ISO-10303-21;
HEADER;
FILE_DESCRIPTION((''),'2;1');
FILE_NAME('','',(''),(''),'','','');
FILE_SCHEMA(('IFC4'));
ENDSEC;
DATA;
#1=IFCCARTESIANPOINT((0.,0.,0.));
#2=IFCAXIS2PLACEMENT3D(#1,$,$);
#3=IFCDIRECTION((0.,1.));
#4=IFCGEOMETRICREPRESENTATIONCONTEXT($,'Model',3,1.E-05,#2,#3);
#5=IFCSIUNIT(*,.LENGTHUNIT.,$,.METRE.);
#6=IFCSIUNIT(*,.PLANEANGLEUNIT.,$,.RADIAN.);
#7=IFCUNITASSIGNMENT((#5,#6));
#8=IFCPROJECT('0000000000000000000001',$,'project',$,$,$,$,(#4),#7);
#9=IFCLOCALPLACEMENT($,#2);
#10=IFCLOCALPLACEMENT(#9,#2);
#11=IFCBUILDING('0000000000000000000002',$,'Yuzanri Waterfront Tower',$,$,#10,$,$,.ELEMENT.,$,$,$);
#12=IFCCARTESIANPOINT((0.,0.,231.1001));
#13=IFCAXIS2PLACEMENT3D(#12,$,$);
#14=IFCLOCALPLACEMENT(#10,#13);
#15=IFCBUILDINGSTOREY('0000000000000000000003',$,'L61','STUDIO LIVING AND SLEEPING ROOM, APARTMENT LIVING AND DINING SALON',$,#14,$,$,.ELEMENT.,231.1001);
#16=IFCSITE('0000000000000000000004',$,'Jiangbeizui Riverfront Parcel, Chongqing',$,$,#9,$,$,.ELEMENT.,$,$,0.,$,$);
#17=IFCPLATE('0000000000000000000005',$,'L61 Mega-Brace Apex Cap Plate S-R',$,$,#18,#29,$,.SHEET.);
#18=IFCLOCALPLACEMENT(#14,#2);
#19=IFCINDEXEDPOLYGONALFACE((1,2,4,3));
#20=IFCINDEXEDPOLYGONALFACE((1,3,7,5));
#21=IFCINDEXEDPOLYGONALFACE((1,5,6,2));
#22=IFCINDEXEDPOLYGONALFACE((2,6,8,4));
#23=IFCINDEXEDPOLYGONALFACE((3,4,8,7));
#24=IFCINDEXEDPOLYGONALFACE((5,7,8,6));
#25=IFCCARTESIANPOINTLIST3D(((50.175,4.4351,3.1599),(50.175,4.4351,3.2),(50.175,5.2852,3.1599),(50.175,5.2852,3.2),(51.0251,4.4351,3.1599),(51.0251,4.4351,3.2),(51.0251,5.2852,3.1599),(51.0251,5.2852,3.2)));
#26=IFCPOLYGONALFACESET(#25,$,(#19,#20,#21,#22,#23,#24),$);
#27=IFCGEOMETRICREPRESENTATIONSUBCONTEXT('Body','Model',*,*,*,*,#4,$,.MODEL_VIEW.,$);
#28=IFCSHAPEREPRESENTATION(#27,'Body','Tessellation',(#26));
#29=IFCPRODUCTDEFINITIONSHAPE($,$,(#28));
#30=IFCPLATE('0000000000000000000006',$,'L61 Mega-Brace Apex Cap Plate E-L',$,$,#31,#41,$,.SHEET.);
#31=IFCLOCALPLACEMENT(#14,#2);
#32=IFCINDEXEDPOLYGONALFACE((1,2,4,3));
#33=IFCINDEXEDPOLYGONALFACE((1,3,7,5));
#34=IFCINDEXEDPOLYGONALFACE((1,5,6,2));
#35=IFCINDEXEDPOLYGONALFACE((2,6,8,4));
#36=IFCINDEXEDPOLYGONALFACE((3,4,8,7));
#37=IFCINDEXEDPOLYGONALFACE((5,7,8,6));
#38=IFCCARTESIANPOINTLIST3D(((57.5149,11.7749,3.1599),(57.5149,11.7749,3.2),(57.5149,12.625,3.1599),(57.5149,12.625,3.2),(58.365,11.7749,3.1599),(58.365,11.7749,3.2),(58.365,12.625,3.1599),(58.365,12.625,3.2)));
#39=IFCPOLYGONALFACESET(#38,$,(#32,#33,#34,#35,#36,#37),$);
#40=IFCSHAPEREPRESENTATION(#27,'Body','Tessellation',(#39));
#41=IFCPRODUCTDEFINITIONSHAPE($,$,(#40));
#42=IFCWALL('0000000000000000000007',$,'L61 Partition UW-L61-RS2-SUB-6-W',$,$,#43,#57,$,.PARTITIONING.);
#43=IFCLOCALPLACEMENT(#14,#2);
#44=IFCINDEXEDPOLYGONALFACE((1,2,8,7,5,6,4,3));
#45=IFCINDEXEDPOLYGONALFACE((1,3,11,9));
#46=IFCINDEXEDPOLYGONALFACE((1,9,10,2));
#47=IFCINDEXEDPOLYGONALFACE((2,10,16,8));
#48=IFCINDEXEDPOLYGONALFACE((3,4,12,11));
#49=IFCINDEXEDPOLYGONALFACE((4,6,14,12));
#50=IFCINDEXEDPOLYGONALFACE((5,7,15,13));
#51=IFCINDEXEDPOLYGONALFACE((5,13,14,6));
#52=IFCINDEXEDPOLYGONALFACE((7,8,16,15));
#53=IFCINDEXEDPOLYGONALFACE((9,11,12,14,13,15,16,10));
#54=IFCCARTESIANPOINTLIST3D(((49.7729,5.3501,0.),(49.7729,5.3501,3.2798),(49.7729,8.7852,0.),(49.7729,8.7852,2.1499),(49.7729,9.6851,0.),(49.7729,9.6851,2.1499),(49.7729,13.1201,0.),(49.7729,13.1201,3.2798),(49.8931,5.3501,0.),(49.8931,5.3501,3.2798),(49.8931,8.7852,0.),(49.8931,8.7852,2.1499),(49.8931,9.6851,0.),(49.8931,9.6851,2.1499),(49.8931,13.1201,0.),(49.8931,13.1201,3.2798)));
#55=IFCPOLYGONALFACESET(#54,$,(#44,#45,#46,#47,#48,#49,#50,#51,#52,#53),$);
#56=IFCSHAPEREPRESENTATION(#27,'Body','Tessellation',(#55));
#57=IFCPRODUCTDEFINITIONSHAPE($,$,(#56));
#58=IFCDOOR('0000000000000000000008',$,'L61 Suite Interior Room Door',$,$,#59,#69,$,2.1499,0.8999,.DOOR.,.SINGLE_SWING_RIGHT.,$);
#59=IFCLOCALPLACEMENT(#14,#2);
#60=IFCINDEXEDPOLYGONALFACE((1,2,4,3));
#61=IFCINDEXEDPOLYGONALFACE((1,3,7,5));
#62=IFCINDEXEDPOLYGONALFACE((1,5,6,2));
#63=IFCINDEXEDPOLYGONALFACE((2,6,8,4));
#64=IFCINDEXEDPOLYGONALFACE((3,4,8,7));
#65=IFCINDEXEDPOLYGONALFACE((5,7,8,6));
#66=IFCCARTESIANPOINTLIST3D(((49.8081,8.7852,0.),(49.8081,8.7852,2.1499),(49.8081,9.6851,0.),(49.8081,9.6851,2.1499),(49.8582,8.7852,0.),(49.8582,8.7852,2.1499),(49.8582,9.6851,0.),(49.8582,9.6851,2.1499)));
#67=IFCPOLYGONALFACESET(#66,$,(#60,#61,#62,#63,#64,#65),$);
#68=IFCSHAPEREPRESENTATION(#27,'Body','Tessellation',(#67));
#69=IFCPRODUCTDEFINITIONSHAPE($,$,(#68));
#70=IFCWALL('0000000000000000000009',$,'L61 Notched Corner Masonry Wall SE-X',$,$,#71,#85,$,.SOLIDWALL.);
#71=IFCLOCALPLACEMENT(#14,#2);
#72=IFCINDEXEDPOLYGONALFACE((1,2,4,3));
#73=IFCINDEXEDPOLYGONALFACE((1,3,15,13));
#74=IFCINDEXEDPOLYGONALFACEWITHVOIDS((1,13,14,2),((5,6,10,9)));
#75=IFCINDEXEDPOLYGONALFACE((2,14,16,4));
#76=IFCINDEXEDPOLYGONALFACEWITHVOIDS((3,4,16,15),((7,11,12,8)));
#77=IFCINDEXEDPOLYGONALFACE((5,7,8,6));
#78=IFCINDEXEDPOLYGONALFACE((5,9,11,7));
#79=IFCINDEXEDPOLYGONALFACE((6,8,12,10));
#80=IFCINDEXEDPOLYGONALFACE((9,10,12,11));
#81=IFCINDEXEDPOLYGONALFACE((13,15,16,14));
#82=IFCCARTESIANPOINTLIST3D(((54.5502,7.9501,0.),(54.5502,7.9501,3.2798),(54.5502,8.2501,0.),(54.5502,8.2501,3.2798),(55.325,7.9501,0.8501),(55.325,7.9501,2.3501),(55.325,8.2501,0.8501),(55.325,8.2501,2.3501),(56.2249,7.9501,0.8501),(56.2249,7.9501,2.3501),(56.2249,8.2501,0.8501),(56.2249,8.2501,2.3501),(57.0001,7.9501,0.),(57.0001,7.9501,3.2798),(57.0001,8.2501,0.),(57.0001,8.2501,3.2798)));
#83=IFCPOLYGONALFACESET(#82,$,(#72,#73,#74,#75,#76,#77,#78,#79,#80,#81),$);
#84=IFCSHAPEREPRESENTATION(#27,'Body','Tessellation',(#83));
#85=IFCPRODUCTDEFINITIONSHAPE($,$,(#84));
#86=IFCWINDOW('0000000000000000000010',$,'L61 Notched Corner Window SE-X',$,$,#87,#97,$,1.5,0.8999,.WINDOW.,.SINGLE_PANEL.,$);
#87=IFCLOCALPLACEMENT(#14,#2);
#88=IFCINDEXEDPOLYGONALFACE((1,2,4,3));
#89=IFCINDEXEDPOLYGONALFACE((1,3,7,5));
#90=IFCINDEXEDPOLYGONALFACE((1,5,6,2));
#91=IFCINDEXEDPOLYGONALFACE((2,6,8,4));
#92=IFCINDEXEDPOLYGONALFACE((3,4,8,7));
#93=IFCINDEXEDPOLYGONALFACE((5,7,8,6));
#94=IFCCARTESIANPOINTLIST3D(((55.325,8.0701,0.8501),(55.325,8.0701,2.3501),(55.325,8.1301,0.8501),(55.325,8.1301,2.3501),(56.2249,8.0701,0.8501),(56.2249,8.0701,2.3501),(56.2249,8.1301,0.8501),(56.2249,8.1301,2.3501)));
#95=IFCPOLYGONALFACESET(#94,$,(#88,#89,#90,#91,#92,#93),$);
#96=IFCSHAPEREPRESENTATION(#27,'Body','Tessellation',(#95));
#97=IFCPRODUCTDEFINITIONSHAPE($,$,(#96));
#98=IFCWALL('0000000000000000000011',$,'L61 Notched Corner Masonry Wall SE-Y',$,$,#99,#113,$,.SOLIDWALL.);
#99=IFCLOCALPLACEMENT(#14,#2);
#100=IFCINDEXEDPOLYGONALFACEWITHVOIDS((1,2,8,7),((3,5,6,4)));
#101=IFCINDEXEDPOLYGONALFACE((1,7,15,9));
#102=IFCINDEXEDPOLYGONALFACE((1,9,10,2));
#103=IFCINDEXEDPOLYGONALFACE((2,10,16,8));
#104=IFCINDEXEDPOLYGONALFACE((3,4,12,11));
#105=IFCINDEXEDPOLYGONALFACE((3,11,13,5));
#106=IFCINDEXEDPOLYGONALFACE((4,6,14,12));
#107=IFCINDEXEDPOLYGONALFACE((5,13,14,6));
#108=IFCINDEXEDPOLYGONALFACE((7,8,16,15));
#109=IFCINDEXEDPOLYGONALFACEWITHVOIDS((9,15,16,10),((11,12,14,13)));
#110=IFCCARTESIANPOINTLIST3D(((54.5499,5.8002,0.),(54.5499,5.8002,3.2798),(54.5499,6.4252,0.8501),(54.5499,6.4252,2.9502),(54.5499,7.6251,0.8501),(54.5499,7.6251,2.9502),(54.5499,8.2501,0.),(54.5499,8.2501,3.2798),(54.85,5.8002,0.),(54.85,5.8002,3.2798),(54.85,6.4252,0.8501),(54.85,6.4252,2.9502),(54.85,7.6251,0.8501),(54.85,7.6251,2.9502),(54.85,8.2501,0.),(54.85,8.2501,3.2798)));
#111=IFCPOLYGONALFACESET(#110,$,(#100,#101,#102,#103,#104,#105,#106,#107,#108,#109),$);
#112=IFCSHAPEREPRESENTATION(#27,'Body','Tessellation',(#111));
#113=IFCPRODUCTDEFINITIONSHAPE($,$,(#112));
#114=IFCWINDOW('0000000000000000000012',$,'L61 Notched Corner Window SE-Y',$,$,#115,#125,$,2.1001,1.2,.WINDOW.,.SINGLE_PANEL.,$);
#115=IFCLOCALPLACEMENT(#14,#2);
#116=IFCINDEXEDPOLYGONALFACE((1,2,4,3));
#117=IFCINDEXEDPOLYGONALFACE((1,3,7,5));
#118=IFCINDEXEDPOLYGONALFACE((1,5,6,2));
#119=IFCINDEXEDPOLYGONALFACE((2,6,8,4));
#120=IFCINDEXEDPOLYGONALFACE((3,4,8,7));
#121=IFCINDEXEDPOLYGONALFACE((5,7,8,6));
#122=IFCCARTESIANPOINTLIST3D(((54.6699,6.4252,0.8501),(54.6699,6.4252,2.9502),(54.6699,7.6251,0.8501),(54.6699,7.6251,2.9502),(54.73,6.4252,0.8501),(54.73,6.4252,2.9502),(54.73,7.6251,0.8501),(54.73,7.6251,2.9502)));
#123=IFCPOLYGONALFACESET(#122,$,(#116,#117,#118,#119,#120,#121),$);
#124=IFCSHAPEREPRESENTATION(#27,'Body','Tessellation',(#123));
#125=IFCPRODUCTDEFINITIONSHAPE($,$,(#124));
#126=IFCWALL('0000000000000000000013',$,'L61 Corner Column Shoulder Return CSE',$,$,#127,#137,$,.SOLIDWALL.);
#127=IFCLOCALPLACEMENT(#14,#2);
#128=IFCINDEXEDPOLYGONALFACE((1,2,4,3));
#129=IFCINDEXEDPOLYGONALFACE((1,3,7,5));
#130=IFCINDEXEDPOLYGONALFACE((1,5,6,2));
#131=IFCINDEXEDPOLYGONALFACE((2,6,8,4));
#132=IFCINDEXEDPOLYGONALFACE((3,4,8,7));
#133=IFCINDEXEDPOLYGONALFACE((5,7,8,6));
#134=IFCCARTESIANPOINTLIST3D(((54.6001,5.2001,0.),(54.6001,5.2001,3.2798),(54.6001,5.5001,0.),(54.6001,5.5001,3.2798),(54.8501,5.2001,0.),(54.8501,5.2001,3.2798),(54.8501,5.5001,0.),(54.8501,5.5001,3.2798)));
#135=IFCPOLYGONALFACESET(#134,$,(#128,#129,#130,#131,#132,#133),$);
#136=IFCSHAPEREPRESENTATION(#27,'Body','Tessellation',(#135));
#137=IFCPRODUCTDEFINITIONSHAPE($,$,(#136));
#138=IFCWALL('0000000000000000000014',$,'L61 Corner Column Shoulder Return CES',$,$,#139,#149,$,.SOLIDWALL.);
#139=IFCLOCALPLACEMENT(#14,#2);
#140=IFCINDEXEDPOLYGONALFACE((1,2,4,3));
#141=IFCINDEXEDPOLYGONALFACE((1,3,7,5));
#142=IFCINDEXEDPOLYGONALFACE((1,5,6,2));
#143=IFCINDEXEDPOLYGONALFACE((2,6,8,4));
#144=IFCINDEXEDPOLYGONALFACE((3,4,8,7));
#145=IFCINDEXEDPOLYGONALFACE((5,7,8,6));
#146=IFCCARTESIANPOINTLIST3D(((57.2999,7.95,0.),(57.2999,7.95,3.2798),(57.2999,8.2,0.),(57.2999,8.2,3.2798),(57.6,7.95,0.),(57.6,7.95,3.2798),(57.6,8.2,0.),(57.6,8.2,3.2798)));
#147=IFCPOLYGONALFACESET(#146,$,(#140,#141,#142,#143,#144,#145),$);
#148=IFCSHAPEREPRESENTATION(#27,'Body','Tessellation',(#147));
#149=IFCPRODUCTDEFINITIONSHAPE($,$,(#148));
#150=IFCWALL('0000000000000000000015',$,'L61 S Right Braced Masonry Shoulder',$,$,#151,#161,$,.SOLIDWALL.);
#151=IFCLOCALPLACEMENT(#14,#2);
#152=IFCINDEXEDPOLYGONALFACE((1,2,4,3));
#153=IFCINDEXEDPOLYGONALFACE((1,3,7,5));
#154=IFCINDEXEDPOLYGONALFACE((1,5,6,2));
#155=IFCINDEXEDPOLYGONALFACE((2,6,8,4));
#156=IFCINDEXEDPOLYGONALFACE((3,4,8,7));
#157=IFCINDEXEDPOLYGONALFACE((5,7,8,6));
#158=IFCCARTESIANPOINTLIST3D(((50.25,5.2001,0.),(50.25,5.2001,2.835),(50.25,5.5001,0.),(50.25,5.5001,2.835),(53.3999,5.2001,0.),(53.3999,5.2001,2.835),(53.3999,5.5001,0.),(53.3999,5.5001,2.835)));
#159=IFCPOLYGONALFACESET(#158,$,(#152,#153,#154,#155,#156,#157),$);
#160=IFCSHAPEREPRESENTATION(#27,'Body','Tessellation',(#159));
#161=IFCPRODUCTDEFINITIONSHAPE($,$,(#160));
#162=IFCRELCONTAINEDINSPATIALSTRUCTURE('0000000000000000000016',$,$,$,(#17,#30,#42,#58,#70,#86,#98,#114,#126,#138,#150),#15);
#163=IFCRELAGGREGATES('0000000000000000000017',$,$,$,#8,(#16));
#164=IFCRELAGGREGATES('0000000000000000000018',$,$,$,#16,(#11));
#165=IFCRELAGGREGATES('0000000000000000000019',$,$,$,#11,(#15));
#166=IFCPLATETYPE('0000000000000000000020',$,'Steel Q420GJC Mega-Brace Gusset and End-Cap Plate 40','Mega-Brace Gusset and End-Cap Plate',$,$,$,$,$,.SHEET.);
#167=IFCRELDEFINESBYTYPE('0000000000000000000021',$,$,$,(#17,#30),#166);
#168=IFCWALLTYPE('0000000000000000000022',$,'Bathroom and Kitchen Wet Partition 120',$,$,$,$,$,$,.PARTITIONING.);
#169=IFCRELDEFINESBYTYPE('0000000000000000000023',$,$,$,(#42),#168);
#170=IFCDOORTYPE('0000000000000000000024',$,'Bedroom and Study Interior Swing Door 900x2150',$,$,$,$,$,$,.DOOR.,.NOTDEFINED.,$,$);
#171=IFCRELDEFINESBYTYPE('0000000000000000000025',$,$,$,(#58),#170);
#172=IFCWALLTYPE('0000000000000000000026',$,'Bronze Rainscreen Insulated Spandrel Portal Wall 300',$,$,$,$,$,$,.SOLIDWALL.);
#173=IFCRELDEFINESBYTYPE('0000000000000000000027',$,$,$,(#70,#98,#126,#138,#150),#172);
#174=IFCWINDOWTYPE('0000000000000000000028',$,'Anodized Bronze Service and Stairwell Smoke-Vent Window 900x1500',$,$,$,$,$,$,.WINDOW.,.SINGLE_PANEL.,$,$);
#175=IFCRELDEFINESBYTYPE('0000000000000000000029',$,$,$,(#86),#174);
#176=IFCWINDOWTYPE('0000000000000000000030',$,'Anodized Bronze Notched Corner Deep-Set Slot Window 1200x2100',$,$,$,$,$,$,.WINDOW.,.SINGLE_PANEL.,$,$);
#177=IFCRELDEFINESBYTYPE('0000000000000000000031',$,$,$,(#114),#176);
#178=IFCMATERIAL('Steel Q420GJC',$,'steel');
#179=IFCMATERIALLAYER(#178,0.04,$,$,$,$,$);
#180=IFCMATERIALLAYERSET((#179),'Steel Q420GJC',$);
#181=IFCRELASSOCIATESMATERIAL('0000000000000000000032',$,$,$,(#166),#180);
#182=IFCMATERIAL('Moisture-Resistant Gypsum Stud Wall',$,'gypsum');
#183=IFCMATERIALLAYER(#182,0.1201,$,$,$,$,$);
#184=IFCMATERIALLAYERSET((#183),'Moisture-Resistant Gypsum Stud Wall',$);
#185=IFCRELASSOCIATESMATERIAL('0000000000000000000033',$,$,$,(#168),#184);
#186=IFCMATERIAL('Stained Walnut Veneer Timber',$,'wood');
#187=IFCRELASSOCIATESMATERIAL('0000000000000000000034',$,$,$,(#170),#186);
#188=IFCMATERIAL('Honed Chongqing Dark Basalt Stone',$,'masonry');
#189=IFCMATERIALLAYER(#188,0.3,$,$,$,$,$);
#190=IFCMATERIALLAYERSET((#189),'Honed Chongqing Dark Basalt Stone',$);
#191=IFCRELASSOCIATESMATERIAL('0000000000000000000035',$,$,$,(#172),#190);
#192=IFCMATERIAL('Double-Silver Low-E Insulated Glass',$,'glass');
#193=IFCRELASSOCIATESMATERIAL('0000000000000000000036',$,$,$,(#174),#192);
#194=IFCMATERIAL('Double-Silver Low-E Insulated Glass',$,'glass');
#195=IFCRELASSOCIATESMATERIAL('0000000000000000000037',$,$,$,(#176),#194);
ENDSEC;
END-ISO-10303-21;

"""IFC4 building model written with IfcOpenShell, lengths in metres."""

from ifc_helpers import new_model, si_unit, direction, frame, frame_2d, origin, origin_2d, place, context, subcontext, project, spatial, rectangle, extrude, source, transform, mapped, material, layer, layer_set, type_object, element, fill, save


model = new_model("IFC4")

# Units and contexts
model_context = context("Model", 3, precision=1e-05, world=origin(), true_north=direction((0.0, 1.0)))
body_context = subcontext(model_context, "Body", "Model", "MODEL_VIEW")
ifc_project = project(units=[si_unit("LENGTHUNIT", "METRE"), si_unit("PLANEANGLEUNIT", "RADIAN")], contexts=[model_context])

# Site, building, storey
site_placement = place(None, origin())
site = spatial("IfcSite", under=ifc_project, at=site_placement, Name="Jiangbeizui Riverfront Parcel, Chongqing", CompositionType="ELEMENT", RefElevation=0.0)
building_placement = place(site_placement, origin())
building = spatial("IfcBuilding", under=site, at=building_placement, Name="Yuzanri Waterfront Tower", CompositionType="ELEMENT")
storey_placement = place(building_placement, frame((0.0, 0.0, 231.1001)))
storey = spatial("IfcBuildingStorey", under=building, at=storey_placement, Name="L61", Description="STUDIO LIVING AND SLEEPING ROOM, APARTMENT LIVING AND DINING SALON", CompositionType="ELEMENT", Elevation=231.1001)

# Plates
ifc_material_1 = material(Name="Steel Q420GJC", Category="steel")
ifc_layer_1 = layer(ifc_material_1, 0.04)
ifc_layer_set_1 = layer_set([ifc_layer_1], Name="Steel Q420GJC")
plate_type = type_object("IfcPlateType", Name="Steel Q420GJC Mega-Brace Gusset and End-Cap Plate 40", Description="Mega-Brace Gusset and End-Cap Plate", PredefinedType="SHEET", material=ifc_layer_set_1)
shared_shape_1 = source(origin(), body_context, "Body", "SweptSolid", [
    extrude(rectangle(XDim=0.8501, YDim=0.8501, at=origin_2d()), origin(), (0.0, 0.0, 1.0), 0.04),
])
for number, where, z_axis, x_axis, name in (
    (1, (50.6001, 4.8601, 3.1599), (0.0, 0.0, 1.0), (1.0, 0.0, 0.0), "L61 Mega-Brace Apex Cap Plate S-R"),
    (2, (57.9399, 12.2, 3.1599), (0.0, 0.0, 1.0), (1.0, 0.0, 0.0), "L61 Mega-Brace Apex Cap Plate E-L"),
):
    element("IfcPlate", number, at=place(storey_placement, frame(where, z_axis=z_axis, x_axis=x_axis)), inside=storey, type_object=plate_type, Name=name, PredefinedType="SHEET", context=body_context, shape_type="MappedRepresentation", body=[
        mapped(shared_shape_1, transform((0.0, 0.0, 0.0), scale=1.0)),
    ])

# Wall, opening, door
ifc_material_2 = material(Name="Moisture-Resistant Gypsum Stud Wall", Category="gypsum")
ifc_layer_2 = layer(ifc_material_2, 0.1201)
ifc_layer_set_2 = layer_set([ifc_layer_2], Name="Moisture-Resistant Gypsum Stud Wall")
wall_type_1 = type_object("IfcWallType", Name="Bathroom and Kitchen Wet Partition 120", PredefinedType="PARTITIONING", material=ifc_layer_set_2)
wall_1_placement = place(storey_placement, frame((49.833, 5.3501, 0.0), z_axis=(0.0, 0.0, 1.0), x_axis=(0.0, 1.0, 0.0)))
wall_1 = element("IfcWall", 3, at=wall_1_placement, inside=storey, type_object=wall_type_1, Name="L61 Partition UW-L61-RS2-SUB-6-W", PredefinedType="PARTITIONING", context=body_context, shape_type="SweptSolid", body=[
    extrude(rectangle(XDim=7.77, YDim=0.1201, at=frame_2d((3.885, 0.0))), origin(), (0.0, 0.0, 1.0), 3.2798),
])
opening_1_placement = place(wall_1_placement, frame((3.4351, 0.0, 0.0)))
opening_1 = element("IfcOpeningElement", 4, at=opening_1_placement, cuts=wall_1, PredefinedType="OPENING", context=body_context, shape_type="SweptSolid", body=[
    extrude(rectangle(XDim=0.8999, YDim=2.1499, at=frame_2d((0.45, 1.075))), frame((0.0, 0.075, 0.0), z_axis=(0.0, -1.0, 0.0), x_axis=(1.0, 0.0, 0.0)), (0.0, 0.0, 1.0), 0.1499),
])
ifc_material_3 = material(Name="Stained Walnut Veneer Timber", Category="wood")
door_type = type_object("IfcDoorType", Name="Bedroom and Study Interior Swing Door 900x2150", OperationType="NOTDEFINED", PredefinedType="DOOR", material=ifc_material_3)
shared_shape_2 = source(origin(), body_context, "Body", "SweptSolid", [
    extrude(rectangle(XDim=0.8999, YDim=2.1499, at=frame_2d((0.45, 1.075))), frame((0.0, 0.0249, 0.0), z_axis=(0.0, -1.0, 0.0), x_axis=(1.0, 0.0, 0.0)), (0.0, 0.0, 1.0), 0.05),
])
door_placement = place(opening_1_placement, origin())
door = element("IfcDoor", 5, at=door_placement, inside=storey, type_object=door_type, Name="L61 Suite Interior Room Door", OperationType="SINGLE_SWING_RIGHT", OverallHeight=2.1499, OverallWidth=0.8999, PredefinedType="DOOR", context=body_context, shape_type="MappedRepresentation", body=[
    mapped(shared_shape_2, transform((0.0, 0.0, 0.0), scale=1.0)),
])
fill(opening_1, door)

# Walls, openings, windows
ifc_material_4 = material(Name="Honed Chongqing Dark Basalt Stone", Category="masonry")
ifc_layer_3 = layer(ifc_material_4, 0.3)
ifc_layer_set_3 = layer_set([ifc_layer_3], Name="Honed Chongqing Dark Basalt Stone")
wall_type_2 = type_object("IfcWallType", Name="Bronze Rainscreen Insulated Spandrel Portal Wall 300", PredefinedType="SOLIDWALL", material=ifc_layer_set_3)
wall_2_placement = place(storey_placement, frame((54.55, 8.1001, 0.0), z_axis=(0.0, 0.0, 1.0), x_axis=(1.0, 0.0, 0.0)))
wall_2 = element("IfcWall", 6, at=wall_2_placement, inside=storey, type_object=wall_type_2, Name="L61 Notched Corner Masonry Wall SE-X", PredefinedType="SOLIDWALL", context=body_context, shape_type="SweptSolid", body=[
    extrude(rectangle(XDim=2.45, YDim=0.3, at=frame_2d((1.2251, 0.0))), origin(), (0.0, 0.0, 1.0), 3.2798),
])
opening_2_placement = place(wall_2_placement, frame((0.7749, 0.0, 0.8501)))
opening_2 = element("IfcOpeningElement", 7, at=opening_2_placement, cuts=wall_2, PredefinedType="OPENING", context=body_context, shape_type="SweptSolid", body=[
    extrude(rectangle(XDim=0.8999, YDim=1.5, at=frame_2d((0.45, 0.75))), frame((0.0, 0.165, 0.0), z_axis=(0.0, -1.0, 0.0), x_axis=(1.0, 0.0, 0.0)), (0.0, 0.0, 1.0), 0.3298),
])
ifc_material_5 = material(Name="Double-Silver Low-E Insulated Glass", Category="glass")
window_type_1 = type_object("IfcWindowType", Name="Anodized Bronze Service and Stairwell Smoke-Vent Window 900x1500", PartitioningType="SINGLE_PANEL", PredefinedType="WINDOW", material=ifc_material_5)
shared_shape_3 = source(origin(), body_context, "Body", "SweptSolid", [
    extrude(rectangle(XDim=0.8999, YDim=1.5, at=frame_2d((0.45, 0.75))), frame((0.0, 0.03, 0.0), z_axis=(0.0, -1.0, 0.0), x_axis=(1.0, 0.0, 0.0)), (0.0, 0.0, 1.0), 0.0601),
])
window_1_placement = place(opening_2_placement, origin())
window_1 = element("IfcWindow", 8, at=window_1_placement, inside=storey, type_object=window_type_1, Name="L61 Notched Corner Window SE-X", OverallHeight=1.5, OverallWidth=0.8999, PartitioningType="SINGLE_PANEL", PredefinedType="WINDOW", context=body_context, shape_type="MappedRepresentation", body=[
    mapped(shared_shape_3, transform((0.0, 0.0, 0.0), scale=1.0)),
])
fill(opening_2, window_1)
wall_3_placement = place(storey_placement, frame((54.7, 5.8, 0.0), z_axis=(0.0, 0.0, 1.0), x_axis=(0.0, 1.0, 0.0)))
wall_3 = element("IfcWall", 9, at=wall_3_placement, inside=storey, type_object=wall_type_2, Name="L61 Notched Corner Masonry Wall SE-Y", PredefinedType="SOLIDWALL", context=body_context, shape_type="SweptSolid", body=[
    extrude(rectangle(XDim=2.45, YDim=0.3, at=frame_2d((1.2251, 0.0))), origin(), (0.0, 0.0, 1.0), 3.2798),
])
opening_3_placement = place(wall_3_placement, frame((0.625, 0.0, 0.8501)))
opening_3 = element("IfcOpeningElement", 10, at=opening_3_placement, cuts=wall_3, PredefinedType="OPENING", context=body_context, shape_type="SweptSolid", body=[
    extrude(rectangle(XDim=1.2, YDim=2.1001, at=frame_2d((0.6001, 1.05))), frame((0.0, 0.165, 0.0), z_axis=(0.0, -1.0, 0.0), x_axis=(1.0, 0.0, 0.0)), (0.0, 0.0, 1.0), 0.3298),
])
ifc_material_6 = material(Name="Double-Silver Low-E Insulated Glass", Category="glass")
window_type_2 = type_object("IfcWindowType", Name="Anodized Bronze Notched Corner Deep-Set Slot Window 1200x2100", PartitioningType="SINGLE_PANEL", PredefinedType="WINDOW", material=ifc_material_6)
shared_shape_4 = source(origin(), body_context, "Body", "SweptSolid", [
    extrude(rectangle(XDim=1.2, YDim=2.1001, at=frame_2d((0.6001, 1.05))), frame((0.0, 0.03, 0.0), z_axis=(0.0, -1.0, 0.0), x_axis=(1.0, 0.0, 0.0)), (0.0, 0.0, 1.0), 0.0601),
])
window_2_placement = place(opening_3_placement, origin())
window_2 = element("IfcWindow", 11, at=window_2_placement, inside=storey, type_object=window_type_2, Name="L61 Notched Corner Window SE-Y", OverallHeight=2.1001, OverallWidth=1.2, PartitioningType="SINGLE_PANEL", PredefinedType="WINDOW", context=body_context, shape_type="MappedRepresentation", body=[
    mapped(shared_shape_4, transform((0.0, 0.0, 0.0), scale=1.0)),
])
fill(opening_3, window_2)

# Walls
shared_shape_5 = source(origin(), body_context, "Body", "SweptSolid", [
    extrude(rectangle(XDim=0.25, YDim=0.3, at=frame_2d((0.125, 0.0))), origin(), (0.0, 0.0, 1.0), 3.2798),
])
for number, where, z_axis, x_axis, name in (
    (12, (54.6001, 5.3501, 0.0), (0.0, 0.0, 1.0), (1.0, 0.0, 0.0), "L61 Corner Column Shoulder Return CSE"),
    (13, (57.45, 7.95, 0.0), (0.0, 0.0, 1.0), (0.0, 1.0, 0.0), "L61 Corner Column Shoulder Return CES"),
):
    element("IfcWall", number, at=place(storey_placement, frame(where, z_axis=z_axis, x_axis=x_axis)), inside=storey, type_object=wall_type_2, Name=name, PredefinedType="SOLIDWALL", context=body_context, shape_type="MappedRepresentation", body=[
        mapped(shared_shape_5, transform((0.0, 0.0, 0.0), scale=1.0)),
    ])
shared_shape_6 = source(origin(), body_context, "Body", "SweptSolid", [
    extrude(rectangle(XDim=3.1499, YDim=0.3, at=frame_2d((1.575, 0.0))), origin(), (0.0, 0.0, 1.0), 2.835),
])
wall_4_placement = place(storey_placement, frame((50.25, 5.3501, 0.0), z_axis=(0.0, 0.0, 1.0), x_axis=(1.0, 0.0, 0.0)))
element("IfcWall", 14, at=wall_4_placement, inside=storey, type_object=wall_type_2, Name="L61 S Right Braced Masonry Shoulder", PredefinedType="SOLIDWALL", context=body_context, shape_type="MappedRepresentation", body=[
    mapped(shared_shape_6, transform((0.0, 0.0, 0.0), scale=1.0)),
])

save(model, "model.ifc")
